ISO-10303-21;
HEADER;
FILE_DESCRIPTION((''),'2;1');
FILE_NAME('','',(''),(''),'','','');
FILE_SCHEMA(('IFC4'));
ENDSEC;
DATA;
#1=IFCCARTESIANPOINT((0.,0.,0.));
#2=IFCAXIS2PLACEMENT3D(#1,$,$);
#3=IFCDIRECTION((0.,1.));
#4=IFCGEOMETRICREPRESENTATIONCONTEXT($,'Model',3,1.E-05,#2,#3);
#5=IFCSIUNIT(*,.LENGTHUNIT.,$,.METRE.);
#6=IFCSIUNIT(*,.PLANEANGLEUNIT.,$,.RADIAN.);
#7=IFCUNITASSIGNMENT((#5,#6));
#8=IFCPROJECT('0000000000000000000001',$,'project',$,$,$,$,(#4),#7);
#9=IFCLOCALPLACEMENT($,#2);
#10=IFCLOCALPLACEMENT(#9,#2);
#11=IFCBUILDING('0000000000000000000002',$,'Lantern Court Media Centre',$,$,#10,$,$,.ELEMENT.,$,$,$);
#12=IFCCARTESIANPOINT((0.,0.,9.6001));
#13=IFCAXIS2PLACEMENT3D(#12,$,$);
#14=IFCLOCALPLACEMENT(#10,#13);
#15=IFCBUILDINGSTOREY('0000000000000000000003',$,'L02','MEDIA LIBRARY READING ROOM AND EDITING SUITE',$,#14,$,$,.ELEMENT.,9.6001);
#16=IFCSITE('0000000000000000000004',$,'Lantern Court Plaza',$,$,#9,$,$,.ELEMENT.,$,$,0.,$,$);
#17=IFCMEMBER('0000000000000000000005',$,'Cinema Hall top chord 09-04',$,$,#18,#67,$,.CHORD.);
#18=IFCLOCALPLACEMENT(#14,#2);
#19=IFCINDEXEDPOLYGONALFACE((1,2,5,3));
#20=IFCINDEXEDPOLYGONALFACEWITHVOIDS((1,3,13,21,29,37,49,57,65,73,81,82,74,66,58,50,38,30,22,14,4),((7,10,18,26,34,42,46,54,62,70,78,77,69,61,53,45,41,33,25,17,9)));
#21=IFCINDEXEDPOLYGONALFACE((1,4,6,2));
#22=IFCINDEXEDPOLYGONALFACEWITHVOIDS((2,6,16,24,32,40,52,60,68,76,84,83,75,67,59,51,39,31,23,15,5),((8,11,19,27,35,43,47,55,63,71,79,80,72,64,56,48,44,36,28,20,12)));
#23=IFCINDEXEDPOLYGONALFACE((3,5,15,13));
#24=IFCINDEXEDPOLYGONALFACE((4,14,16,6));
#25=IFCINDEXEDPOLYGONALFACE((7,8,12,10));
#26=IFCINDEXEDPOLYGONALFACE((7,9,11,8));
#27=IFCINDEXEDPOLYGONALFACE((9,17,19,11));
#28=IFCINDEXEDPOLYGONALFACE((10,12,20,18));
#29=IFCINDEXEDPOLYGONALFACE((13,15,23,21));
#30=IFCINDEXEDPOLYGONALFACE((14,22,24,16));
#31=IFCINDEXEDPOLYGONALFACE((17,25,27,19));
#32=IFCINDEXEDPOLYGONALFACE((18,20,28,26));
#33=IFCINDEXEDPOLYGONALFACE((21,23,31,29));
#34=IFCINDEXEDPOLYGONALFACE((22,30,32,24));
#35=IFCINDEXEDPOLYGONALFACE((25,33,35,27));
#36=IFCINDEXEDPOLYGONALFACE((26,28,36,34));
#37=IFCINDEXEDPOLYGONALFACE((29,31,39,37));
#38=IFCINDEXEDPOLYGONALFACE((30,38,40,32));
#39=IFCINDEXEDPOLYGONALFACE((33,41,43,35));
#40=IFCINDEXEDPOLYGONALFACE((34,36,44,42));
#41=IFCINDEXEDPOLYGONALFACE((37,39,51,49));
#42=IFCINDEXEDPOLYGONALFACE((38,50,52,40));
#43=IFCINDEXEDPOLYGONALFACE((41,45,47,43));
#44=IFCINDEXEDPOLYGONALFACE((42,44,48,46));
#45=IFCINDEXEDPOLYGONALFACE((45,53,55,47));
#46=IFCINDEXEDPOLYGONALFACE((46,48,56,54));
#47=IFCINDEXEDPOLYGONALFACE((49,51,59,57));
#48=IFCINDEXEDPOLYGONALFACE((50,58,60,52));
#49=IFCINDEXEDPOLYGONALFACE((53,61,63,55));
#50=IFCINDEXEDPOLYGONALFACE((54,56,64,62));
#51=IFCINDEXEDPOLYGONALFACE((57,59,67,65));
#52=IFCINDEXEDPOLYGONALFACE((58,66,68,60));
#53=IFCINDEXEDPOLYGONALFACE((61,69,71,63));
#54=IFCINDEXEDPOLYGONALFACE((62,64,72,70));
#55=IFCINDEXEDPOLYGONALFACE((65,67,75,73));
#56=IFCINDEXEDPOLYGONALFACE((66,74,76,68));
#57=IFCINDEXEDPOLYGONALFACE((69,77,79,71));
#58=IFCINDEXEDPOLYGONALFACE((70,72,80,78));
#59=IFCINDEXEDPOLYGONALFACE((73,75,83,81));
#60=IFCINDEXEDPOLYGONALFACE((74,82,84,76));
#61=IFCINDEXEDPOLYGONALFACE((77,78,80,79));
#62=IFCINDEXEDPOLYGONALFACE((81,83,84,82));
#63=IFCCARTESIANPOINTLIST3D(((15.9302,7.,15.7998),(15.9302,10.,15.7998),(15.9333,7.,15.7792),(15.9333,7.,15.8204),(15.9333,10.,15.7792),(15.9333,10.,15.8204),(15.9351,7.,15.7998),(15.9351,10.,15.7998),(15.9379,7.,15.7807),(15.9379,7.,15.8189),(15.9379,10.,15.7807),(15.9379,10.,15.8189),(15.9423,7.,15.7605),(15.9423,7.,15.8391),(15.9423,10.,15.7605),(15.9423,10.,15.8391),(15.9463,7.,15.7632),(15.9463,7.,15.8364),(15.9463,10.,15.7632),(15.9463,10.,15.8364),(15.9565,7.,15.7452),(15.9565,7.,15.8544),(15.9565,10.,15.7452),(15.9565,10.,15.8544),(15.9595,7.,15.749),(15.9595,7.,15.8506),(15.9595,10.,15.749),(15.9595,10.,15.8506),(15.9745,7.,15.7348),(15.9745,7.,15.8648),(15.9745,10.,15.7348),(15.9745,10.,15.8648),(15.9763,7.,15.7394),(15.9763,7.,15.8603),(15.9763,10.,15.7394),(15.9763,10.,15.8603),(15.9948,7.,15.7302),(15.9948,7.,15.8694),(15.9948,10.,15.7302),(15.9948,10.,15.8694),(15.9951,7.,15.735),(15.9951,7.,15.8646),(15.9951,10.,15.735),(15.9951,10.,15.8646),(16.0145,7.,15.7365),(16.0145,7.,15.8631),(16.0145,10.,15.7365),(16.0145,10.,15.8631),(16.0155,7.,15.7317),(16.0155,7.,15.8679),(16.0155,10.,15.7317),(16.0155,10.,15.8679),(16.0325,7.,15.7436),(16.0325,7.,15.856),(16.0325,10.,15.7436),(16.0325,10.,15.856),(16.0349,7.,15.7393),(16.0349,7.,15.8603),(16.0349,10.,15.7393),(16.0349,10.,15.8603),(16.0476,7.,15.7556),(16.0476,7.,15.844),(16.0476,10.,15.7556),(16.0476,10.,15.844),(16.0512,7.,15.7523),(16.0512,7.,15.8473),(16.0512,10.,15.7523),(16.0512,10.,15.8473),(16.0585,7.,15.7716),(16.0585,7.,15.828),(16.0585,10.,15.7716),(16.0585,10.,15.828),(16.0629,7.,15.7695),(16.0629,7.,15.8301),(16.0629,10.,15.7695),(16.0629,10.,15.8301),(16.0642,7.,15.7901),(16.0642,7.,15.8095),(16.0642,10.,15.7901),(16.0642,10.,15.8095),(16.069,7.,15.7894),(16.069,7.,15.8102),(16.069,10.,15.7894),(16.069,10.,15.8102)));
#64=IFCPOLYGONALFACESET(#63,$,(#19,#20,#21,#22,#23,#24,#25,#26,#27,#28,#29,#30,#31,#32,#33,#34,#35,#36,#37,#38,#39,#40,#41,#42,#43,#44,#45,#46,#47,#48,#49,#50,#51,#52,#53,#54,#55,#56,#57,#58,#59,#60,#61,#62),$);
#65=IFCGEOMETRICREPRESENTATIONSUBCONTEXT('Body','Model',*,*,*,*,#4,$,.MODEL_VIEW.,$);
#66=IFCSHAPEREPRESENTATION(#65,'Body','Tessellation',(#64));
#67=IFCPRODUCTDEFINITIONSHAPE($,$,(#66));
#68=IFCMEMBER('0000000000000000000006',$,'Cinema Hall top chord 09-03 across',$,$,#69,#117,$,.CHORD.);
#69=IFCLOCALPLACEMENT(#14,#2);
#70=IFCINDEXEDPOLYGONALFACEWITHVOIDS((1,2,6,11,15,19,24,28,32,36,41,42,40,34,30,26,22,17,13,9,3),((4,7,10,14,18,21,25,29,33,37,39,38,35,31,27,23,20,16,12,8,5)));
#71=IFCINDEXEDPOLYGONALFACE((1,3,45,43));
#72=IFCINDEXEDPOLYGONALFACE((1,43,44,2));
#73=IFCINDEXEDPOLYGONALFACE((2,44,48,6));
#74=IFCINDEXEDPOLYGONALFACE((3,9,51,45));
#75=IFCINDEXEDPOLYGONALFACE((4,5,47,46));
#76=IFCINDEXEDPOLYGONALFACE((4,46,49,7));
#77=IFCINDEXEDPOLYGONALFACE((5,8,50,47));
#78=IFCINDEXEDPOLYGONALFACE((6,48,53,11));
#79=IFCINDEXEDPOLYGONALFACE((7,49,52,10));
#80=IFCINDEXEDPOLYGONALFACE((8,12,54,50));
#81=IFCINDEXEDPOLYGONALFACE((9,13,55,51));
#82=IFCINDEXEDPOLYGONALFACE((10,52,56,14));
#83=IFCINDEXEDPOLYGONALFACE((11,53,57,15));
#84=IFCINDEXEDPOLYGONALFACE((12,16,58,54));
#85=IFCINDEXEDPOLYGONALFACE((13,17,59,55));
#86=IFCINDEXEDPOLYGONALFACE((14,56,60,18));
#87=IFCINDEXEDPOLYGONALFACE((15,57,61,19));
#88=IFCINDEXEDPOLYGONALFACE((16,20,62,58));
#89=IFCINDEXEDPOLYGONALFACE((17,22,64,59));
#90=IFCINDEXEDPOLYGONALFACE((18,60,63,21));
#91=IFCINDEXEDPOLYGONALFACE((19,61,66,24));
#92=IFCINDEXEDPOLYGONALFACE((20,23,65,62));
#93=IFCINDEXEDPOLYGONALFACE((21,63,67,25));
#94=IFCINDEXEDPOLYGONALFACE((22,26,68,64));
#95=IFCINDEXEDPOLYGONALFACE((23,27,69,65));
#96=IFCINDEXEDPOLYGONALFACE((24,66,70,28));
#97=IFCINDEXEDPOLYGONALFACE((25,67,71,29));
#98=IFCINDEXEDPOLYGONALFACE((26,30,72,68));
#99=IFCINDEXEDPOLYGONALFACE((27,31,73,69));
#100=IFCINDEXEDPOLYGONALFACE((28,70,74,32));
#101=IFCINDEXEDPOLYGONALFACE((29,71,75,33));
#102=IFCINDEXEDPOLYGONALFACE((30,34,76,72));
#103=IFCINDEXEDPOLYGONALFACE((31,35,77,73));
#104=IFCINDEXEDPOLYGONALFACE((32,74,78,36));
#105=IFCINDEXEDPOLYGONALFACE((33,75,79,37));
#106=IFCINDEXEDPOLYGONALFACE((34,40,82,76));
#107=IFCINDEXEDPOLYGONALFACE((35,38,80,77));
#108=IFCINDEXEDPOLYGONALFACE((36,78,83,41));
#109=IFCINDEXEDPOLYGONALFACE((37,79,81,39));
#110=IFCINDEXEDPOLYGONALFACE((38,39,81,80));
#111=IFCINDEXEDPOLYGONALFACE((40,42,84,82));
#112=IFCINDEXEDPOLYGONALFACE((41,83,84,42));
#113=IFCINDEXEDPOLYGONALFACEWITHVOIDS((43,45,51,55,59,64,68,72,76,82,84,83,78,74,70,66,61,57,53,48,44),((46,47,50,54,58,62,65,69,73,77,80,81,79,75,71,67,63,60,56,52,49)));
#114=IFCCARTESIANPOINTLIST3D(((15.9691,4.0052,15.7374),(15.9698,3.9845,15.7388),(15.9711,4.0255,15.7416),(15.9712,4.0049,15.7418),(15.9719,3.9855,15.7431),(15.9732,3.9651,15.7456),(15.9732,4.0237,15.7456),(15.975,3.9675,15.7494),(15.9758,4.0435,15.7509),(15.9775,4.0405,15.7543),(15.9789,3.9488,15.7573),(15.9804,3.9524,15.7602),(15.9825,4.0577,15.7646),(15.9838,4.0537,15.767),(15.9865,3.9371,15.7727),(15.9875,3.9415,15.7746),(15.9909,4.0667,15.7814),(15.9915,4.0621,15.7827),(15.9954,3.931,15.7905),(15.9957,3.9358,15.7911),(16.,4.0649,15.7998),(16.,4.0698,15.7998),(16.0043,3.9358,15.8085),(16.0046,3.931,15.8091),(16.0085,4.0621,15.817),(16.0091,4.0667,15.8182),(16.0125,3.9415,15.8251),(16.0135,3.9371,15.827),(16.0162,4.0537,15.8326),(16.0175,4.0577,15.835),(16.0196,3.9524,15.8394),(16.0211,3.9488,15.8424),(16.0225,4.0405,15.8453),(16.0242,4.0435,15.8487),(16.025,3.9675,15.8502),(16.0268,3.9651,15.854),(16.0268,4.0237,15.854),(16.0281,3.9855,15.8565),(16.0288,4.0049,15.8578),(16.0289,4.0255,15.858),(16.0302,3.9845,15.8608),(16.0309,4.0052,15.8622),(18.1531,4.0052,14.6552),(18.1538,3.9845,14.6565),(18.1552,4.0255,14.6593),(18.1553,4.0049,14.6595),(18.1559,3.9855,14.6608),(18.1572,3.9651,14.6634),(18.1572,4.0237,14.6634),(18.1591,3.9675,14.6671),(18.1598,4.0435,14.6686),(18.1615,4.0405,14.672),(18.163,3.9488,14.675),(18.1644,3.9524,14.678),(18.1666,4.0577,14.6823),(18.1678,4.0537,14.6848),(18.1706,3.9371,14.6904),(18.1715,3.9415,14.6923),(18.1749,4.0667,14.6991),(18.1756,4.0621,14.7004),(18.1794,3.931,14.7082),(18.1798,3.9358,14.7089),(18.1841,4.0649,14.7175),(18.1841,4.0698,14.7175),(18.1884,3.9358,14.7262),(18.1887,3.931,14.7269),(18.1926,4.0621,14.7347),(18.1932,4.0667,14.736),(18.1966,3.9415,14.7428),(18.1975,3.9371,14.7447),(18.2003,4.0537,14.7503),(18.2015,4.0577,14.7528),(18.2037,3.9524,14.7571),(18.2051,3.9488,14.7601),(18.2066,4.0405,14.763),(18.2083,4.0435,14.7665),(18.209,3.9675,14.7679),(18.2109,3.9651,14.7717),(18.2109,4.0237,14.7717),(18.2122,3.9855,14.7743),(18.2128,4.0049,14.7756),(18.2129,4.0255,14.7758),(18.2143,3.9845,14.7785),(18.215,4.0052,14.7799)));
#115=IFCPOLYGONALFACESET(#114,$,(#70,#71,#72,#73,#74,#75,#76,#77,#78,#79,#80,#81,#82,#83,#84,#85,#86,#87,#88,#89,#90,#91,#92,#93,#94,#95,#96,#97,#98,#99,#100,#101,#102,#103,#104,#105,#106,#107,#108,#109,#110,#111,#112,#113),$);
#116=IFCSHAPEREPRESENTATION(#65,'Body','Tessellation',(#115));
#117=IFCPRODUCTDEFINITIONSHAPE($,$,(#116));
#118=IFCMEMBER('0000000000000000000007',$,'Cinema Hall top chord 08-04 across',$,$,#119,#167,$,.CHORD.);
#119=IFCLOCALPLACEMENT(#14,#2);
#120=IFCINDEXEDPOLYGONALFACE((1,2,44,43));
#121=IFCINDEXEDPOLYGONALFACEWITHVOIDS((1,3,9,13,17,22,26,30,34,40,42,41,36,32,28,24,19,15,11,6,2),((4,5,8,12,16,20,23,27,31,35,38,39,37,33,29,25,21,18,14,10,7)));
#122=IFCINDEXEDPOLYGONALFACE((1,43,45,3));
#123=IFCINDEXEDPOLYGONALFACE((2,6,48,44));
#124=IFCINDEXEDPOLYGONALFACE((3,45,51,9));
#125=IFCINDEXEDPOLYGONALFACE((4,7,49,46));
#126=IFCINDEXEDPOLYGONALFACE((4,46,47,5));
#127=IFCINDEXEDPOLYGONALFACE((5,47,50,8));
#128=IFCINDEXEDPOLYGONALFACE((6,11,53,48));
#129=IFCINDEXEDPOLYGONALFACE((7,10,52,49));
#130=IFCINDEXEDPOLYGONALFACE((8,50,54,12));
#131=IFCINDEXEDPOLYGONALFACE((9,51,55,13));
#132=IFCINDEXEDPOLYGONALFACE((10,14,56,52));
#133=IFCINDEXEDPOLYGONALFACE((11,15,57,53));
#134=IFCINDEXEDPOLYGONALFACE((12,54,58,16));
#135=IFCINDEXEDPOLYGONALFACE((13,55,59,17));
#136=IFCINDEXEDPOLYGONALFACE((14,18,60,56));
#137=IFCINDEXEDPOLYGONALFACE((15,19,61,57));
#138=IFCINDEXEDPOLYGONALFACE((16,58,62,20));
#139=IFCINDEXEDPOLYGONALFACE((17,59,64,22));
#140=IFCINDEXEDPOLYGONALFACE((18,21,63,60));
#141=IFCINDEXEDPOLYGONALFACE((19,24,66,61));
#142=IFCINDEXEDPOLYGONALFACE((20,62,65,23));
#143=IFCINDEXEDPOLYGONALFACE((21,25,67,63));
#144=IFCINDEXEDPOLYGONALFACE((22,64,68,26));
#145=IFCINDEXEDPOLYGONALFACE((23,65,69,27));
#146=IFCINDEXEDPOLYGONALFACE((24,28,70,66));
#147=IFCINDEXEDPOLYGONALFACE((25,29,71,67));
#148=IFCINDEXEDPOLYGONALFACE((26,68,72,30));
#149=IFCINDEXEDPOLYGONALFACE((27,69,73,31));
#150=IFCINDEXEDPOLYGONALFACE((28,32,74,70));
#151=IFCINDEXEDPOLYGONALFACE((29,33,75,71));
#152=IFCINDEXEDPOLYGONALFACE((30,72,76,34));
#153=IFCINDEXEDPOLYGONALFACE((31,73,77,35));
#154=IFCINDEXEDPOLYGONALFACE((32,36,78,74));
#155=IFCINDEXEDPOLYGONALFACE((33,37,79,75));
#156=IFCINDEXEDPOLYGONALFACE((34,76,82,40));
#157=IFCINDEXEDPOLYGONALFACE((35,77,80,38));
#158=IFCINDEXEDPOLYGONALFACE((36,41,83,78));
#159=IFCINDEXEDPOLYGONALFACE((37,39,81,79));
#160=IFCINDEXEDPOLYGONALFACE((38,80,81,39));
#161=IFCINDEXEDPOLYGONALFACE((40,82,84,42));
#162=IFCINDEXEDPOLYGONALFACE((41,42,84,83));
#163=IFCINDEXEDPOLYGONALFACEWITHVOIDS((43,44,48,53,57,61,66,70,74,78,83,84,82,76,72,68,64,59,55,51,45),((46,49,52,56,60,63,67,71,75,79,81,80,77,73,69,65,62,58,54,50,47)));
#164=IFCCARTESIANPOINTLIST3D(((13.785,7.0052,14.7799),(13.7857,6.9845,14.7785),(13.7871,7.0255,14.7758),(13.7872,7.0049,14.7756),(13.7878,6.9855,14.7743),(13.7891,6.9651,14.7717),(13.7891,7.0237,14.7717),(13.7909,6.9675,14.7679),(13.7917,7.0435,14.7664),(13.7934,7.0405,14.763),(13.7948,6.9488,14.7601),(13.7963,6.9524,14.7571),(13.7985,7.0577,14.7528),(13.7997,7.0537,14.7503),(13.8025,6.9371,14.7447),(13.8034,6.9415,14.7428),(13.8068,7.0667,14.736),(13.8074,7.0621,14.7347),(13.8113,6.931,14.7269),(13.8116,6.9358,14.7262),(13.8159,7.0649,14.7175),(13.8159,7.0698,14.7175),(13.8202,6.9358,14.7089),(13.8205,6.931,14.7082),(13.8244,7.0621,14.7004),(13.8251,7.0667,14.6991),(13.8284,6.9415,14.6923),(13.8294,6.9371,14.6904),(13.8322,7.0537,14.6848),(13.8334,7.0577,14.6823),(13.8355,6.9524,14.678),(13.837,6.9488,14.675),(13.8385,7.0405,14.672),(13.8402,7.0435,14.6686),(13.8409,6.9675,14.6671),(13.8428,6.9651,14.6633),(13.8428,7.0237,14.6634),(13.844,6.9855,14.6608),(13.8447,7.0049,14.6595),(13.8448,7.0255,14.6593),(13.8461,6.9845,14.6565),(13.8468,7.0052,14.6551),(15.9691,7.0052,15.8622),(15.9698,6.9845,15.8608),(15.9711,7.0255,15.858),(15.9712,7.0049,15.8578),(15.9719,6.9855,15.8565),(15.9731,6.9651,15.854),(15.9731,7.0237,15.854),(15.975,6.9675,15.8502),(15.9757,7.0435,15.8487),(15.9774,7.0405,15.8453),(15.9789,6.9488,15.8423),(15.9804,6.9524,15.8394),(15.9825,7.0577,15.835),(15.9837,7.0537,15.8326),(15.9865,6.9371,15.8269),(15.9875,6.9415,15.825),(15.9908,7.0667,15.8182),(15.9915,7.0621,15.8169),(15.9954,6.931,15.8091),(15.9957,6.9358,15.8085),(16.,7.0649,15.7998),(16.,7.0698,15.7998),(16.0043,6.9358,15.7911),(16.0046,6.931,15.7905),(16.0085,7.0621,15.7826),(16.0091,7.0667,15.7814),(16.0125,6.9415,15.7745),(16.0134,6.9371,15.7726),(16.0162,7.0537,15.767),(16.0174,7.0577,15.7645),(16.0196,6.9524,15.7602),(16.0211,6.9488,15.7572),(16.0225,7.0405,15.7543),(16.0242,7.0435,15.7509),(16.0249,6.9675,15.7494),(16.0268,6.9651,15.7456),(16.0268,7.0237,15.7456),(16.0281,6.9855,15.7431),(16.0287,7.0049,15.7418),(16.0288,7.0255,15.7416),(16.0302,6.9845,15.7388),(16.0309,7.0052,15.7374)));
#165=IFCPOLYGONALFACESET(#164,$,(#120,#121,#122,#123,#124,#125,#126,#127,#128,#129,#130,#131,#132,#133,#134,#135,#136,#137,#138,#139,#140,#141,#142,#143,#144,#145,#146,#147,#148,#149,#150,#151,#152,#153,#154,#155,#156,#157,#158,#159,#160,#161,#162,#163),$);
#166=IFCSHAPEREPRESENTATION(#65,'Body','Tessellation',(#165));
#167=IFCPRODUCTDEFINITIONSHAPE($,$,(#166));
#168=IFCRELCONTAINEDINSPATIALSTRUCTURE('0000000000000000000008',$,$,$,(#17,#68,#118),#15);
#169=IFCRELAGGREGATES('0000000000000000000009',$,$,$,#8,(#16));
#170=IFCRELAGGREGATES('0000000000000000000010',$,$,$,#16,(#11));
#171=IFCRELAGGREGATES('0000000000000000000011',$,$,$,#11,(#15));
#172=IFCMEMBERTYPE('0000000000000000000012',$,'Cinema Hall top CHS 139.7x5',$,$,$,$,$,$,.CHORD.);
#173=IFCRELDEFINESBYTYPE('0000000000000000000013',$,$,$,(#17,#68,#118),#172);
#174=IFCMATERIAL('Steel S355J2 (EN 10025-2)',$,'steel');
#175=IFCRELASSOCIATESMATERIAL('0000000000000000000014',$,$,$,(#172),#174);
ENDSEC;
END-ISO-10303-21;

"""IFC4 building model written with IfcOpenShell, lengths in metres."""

from ifc_helpers import new_model, si_unit, direction, frame, origin, origin_2d, place, context, subcontext, project, spatial, hollow_circle, extrude, material, material_profile, profile_set, type_object, element, save


model = new_model("IFC4")

# Units and contexts
model_context = context("Model", 3, precision=1e-05, world=origin(), true_north=direction((0.0, 1.0)))
body_context = subcontext(model_context, "Body", "Model", "MODEL_VIEW")
ifc_project = project(units=[si_unit("LENGTHUNIT", "METRE"), si_unit("PLANEANGLEUNIT", "RADIAN")], contexts=[model_context])

# Site, building, storey
site_placement = place(None, origin())
site = spatial("IfcSite", under=ifc_project, at=site_placement, Name="Lantern Court Plaza", CompositionType="ELEMENT", RefElevation=0.0)
building_placement = place(site_placement, origin())
building = spatial("IfcBuilding", under=site, at=building_placement, Name="Lantern Court Media Centre", CompositionType="ELEMENT")
storey_placement = place(building_placement, frame((0.0, 0.0, 9.6001)))
storey = spatial("IfcBuildingStorey", under=building, at=storey_placement, Name="L02", Description="MEDIA LIBRARY READING ROOM AND EDITING SUITE", CompositionType="ELEMENT", Elevation=9.6001)

# Members
ifc_material = material(Name="Steel S355J2 (EN 10025-2)", Category="steel")
ifc_material_profile_1 = material_profile(ifc_material, hollow_circle(Radius=0.0698, WallThickness=0.0049, at=origin_2d()), Name="Cinema Hall top CHS 139.7x5")
ifc_profile_set_1 = profile_set([ifc_material_profile_1], Name="Steel S355J2 (EN 10025-2)")
member_type_1 = type_object("IfcMemberType", Name="Cinema Hall top CHS 139.7x5", PredefinedType="CHORD", material=ifc_profile_set_1)
for number, where, z_axis, x_axis, name in (
    (1, (16.0, 7.0, 15.7998), (0.0, 1.0, 0.0), (-1.0, 0.0, 0.0), "Cinema Hall top chord 09-04"),
):
    element("IfcMember", number, at=place(storey_placement, frame(where, z_axis=z_axis, x_axis=x_axis)), inside=storey, type_object=member_type_1, Name=name, PredefinedType="CHORD", context=body_context, shape_type="SweptSolid", body=[
        extrude(hollow_circle(Radius=0.0698, WallThickness=0.0049, at=origin_2d()), origin(), (0.0, 0.0, 1.0), 3.0),
    ])
for number, where, z_axis, x_axis, name in (
    (2, (16.0, 4.0, 15.7998), (0.896024, 0.0, -0.444006), (0.0, 1.0, 0.0), "Cinema Hall top chord 09-03 across"),
    (3, (13.8159, 7.0, 14.7175), (0.896024, 0.0, 0.444006), (0.0, 1.0, 0.0), "Cinema Hall top chord 08-04 across"),
):
    element("IfcMember", number, at=place(storey_placement, frame(where, z_axis=z_axis, x_axis=x_axis)), inside=storey, type_object=member_type_1, Name=name, PredefinedType="CHORD", context=body_context, shape_type="SweptSolid", body=[
        extrude(hollow_circle(Radius=0.0698, WallThickness=0.0049, at=origin_2d()), origin(), (0.0, 0.0, 1.0), 2.4375),
    ])

save(model, "model.ifc")
